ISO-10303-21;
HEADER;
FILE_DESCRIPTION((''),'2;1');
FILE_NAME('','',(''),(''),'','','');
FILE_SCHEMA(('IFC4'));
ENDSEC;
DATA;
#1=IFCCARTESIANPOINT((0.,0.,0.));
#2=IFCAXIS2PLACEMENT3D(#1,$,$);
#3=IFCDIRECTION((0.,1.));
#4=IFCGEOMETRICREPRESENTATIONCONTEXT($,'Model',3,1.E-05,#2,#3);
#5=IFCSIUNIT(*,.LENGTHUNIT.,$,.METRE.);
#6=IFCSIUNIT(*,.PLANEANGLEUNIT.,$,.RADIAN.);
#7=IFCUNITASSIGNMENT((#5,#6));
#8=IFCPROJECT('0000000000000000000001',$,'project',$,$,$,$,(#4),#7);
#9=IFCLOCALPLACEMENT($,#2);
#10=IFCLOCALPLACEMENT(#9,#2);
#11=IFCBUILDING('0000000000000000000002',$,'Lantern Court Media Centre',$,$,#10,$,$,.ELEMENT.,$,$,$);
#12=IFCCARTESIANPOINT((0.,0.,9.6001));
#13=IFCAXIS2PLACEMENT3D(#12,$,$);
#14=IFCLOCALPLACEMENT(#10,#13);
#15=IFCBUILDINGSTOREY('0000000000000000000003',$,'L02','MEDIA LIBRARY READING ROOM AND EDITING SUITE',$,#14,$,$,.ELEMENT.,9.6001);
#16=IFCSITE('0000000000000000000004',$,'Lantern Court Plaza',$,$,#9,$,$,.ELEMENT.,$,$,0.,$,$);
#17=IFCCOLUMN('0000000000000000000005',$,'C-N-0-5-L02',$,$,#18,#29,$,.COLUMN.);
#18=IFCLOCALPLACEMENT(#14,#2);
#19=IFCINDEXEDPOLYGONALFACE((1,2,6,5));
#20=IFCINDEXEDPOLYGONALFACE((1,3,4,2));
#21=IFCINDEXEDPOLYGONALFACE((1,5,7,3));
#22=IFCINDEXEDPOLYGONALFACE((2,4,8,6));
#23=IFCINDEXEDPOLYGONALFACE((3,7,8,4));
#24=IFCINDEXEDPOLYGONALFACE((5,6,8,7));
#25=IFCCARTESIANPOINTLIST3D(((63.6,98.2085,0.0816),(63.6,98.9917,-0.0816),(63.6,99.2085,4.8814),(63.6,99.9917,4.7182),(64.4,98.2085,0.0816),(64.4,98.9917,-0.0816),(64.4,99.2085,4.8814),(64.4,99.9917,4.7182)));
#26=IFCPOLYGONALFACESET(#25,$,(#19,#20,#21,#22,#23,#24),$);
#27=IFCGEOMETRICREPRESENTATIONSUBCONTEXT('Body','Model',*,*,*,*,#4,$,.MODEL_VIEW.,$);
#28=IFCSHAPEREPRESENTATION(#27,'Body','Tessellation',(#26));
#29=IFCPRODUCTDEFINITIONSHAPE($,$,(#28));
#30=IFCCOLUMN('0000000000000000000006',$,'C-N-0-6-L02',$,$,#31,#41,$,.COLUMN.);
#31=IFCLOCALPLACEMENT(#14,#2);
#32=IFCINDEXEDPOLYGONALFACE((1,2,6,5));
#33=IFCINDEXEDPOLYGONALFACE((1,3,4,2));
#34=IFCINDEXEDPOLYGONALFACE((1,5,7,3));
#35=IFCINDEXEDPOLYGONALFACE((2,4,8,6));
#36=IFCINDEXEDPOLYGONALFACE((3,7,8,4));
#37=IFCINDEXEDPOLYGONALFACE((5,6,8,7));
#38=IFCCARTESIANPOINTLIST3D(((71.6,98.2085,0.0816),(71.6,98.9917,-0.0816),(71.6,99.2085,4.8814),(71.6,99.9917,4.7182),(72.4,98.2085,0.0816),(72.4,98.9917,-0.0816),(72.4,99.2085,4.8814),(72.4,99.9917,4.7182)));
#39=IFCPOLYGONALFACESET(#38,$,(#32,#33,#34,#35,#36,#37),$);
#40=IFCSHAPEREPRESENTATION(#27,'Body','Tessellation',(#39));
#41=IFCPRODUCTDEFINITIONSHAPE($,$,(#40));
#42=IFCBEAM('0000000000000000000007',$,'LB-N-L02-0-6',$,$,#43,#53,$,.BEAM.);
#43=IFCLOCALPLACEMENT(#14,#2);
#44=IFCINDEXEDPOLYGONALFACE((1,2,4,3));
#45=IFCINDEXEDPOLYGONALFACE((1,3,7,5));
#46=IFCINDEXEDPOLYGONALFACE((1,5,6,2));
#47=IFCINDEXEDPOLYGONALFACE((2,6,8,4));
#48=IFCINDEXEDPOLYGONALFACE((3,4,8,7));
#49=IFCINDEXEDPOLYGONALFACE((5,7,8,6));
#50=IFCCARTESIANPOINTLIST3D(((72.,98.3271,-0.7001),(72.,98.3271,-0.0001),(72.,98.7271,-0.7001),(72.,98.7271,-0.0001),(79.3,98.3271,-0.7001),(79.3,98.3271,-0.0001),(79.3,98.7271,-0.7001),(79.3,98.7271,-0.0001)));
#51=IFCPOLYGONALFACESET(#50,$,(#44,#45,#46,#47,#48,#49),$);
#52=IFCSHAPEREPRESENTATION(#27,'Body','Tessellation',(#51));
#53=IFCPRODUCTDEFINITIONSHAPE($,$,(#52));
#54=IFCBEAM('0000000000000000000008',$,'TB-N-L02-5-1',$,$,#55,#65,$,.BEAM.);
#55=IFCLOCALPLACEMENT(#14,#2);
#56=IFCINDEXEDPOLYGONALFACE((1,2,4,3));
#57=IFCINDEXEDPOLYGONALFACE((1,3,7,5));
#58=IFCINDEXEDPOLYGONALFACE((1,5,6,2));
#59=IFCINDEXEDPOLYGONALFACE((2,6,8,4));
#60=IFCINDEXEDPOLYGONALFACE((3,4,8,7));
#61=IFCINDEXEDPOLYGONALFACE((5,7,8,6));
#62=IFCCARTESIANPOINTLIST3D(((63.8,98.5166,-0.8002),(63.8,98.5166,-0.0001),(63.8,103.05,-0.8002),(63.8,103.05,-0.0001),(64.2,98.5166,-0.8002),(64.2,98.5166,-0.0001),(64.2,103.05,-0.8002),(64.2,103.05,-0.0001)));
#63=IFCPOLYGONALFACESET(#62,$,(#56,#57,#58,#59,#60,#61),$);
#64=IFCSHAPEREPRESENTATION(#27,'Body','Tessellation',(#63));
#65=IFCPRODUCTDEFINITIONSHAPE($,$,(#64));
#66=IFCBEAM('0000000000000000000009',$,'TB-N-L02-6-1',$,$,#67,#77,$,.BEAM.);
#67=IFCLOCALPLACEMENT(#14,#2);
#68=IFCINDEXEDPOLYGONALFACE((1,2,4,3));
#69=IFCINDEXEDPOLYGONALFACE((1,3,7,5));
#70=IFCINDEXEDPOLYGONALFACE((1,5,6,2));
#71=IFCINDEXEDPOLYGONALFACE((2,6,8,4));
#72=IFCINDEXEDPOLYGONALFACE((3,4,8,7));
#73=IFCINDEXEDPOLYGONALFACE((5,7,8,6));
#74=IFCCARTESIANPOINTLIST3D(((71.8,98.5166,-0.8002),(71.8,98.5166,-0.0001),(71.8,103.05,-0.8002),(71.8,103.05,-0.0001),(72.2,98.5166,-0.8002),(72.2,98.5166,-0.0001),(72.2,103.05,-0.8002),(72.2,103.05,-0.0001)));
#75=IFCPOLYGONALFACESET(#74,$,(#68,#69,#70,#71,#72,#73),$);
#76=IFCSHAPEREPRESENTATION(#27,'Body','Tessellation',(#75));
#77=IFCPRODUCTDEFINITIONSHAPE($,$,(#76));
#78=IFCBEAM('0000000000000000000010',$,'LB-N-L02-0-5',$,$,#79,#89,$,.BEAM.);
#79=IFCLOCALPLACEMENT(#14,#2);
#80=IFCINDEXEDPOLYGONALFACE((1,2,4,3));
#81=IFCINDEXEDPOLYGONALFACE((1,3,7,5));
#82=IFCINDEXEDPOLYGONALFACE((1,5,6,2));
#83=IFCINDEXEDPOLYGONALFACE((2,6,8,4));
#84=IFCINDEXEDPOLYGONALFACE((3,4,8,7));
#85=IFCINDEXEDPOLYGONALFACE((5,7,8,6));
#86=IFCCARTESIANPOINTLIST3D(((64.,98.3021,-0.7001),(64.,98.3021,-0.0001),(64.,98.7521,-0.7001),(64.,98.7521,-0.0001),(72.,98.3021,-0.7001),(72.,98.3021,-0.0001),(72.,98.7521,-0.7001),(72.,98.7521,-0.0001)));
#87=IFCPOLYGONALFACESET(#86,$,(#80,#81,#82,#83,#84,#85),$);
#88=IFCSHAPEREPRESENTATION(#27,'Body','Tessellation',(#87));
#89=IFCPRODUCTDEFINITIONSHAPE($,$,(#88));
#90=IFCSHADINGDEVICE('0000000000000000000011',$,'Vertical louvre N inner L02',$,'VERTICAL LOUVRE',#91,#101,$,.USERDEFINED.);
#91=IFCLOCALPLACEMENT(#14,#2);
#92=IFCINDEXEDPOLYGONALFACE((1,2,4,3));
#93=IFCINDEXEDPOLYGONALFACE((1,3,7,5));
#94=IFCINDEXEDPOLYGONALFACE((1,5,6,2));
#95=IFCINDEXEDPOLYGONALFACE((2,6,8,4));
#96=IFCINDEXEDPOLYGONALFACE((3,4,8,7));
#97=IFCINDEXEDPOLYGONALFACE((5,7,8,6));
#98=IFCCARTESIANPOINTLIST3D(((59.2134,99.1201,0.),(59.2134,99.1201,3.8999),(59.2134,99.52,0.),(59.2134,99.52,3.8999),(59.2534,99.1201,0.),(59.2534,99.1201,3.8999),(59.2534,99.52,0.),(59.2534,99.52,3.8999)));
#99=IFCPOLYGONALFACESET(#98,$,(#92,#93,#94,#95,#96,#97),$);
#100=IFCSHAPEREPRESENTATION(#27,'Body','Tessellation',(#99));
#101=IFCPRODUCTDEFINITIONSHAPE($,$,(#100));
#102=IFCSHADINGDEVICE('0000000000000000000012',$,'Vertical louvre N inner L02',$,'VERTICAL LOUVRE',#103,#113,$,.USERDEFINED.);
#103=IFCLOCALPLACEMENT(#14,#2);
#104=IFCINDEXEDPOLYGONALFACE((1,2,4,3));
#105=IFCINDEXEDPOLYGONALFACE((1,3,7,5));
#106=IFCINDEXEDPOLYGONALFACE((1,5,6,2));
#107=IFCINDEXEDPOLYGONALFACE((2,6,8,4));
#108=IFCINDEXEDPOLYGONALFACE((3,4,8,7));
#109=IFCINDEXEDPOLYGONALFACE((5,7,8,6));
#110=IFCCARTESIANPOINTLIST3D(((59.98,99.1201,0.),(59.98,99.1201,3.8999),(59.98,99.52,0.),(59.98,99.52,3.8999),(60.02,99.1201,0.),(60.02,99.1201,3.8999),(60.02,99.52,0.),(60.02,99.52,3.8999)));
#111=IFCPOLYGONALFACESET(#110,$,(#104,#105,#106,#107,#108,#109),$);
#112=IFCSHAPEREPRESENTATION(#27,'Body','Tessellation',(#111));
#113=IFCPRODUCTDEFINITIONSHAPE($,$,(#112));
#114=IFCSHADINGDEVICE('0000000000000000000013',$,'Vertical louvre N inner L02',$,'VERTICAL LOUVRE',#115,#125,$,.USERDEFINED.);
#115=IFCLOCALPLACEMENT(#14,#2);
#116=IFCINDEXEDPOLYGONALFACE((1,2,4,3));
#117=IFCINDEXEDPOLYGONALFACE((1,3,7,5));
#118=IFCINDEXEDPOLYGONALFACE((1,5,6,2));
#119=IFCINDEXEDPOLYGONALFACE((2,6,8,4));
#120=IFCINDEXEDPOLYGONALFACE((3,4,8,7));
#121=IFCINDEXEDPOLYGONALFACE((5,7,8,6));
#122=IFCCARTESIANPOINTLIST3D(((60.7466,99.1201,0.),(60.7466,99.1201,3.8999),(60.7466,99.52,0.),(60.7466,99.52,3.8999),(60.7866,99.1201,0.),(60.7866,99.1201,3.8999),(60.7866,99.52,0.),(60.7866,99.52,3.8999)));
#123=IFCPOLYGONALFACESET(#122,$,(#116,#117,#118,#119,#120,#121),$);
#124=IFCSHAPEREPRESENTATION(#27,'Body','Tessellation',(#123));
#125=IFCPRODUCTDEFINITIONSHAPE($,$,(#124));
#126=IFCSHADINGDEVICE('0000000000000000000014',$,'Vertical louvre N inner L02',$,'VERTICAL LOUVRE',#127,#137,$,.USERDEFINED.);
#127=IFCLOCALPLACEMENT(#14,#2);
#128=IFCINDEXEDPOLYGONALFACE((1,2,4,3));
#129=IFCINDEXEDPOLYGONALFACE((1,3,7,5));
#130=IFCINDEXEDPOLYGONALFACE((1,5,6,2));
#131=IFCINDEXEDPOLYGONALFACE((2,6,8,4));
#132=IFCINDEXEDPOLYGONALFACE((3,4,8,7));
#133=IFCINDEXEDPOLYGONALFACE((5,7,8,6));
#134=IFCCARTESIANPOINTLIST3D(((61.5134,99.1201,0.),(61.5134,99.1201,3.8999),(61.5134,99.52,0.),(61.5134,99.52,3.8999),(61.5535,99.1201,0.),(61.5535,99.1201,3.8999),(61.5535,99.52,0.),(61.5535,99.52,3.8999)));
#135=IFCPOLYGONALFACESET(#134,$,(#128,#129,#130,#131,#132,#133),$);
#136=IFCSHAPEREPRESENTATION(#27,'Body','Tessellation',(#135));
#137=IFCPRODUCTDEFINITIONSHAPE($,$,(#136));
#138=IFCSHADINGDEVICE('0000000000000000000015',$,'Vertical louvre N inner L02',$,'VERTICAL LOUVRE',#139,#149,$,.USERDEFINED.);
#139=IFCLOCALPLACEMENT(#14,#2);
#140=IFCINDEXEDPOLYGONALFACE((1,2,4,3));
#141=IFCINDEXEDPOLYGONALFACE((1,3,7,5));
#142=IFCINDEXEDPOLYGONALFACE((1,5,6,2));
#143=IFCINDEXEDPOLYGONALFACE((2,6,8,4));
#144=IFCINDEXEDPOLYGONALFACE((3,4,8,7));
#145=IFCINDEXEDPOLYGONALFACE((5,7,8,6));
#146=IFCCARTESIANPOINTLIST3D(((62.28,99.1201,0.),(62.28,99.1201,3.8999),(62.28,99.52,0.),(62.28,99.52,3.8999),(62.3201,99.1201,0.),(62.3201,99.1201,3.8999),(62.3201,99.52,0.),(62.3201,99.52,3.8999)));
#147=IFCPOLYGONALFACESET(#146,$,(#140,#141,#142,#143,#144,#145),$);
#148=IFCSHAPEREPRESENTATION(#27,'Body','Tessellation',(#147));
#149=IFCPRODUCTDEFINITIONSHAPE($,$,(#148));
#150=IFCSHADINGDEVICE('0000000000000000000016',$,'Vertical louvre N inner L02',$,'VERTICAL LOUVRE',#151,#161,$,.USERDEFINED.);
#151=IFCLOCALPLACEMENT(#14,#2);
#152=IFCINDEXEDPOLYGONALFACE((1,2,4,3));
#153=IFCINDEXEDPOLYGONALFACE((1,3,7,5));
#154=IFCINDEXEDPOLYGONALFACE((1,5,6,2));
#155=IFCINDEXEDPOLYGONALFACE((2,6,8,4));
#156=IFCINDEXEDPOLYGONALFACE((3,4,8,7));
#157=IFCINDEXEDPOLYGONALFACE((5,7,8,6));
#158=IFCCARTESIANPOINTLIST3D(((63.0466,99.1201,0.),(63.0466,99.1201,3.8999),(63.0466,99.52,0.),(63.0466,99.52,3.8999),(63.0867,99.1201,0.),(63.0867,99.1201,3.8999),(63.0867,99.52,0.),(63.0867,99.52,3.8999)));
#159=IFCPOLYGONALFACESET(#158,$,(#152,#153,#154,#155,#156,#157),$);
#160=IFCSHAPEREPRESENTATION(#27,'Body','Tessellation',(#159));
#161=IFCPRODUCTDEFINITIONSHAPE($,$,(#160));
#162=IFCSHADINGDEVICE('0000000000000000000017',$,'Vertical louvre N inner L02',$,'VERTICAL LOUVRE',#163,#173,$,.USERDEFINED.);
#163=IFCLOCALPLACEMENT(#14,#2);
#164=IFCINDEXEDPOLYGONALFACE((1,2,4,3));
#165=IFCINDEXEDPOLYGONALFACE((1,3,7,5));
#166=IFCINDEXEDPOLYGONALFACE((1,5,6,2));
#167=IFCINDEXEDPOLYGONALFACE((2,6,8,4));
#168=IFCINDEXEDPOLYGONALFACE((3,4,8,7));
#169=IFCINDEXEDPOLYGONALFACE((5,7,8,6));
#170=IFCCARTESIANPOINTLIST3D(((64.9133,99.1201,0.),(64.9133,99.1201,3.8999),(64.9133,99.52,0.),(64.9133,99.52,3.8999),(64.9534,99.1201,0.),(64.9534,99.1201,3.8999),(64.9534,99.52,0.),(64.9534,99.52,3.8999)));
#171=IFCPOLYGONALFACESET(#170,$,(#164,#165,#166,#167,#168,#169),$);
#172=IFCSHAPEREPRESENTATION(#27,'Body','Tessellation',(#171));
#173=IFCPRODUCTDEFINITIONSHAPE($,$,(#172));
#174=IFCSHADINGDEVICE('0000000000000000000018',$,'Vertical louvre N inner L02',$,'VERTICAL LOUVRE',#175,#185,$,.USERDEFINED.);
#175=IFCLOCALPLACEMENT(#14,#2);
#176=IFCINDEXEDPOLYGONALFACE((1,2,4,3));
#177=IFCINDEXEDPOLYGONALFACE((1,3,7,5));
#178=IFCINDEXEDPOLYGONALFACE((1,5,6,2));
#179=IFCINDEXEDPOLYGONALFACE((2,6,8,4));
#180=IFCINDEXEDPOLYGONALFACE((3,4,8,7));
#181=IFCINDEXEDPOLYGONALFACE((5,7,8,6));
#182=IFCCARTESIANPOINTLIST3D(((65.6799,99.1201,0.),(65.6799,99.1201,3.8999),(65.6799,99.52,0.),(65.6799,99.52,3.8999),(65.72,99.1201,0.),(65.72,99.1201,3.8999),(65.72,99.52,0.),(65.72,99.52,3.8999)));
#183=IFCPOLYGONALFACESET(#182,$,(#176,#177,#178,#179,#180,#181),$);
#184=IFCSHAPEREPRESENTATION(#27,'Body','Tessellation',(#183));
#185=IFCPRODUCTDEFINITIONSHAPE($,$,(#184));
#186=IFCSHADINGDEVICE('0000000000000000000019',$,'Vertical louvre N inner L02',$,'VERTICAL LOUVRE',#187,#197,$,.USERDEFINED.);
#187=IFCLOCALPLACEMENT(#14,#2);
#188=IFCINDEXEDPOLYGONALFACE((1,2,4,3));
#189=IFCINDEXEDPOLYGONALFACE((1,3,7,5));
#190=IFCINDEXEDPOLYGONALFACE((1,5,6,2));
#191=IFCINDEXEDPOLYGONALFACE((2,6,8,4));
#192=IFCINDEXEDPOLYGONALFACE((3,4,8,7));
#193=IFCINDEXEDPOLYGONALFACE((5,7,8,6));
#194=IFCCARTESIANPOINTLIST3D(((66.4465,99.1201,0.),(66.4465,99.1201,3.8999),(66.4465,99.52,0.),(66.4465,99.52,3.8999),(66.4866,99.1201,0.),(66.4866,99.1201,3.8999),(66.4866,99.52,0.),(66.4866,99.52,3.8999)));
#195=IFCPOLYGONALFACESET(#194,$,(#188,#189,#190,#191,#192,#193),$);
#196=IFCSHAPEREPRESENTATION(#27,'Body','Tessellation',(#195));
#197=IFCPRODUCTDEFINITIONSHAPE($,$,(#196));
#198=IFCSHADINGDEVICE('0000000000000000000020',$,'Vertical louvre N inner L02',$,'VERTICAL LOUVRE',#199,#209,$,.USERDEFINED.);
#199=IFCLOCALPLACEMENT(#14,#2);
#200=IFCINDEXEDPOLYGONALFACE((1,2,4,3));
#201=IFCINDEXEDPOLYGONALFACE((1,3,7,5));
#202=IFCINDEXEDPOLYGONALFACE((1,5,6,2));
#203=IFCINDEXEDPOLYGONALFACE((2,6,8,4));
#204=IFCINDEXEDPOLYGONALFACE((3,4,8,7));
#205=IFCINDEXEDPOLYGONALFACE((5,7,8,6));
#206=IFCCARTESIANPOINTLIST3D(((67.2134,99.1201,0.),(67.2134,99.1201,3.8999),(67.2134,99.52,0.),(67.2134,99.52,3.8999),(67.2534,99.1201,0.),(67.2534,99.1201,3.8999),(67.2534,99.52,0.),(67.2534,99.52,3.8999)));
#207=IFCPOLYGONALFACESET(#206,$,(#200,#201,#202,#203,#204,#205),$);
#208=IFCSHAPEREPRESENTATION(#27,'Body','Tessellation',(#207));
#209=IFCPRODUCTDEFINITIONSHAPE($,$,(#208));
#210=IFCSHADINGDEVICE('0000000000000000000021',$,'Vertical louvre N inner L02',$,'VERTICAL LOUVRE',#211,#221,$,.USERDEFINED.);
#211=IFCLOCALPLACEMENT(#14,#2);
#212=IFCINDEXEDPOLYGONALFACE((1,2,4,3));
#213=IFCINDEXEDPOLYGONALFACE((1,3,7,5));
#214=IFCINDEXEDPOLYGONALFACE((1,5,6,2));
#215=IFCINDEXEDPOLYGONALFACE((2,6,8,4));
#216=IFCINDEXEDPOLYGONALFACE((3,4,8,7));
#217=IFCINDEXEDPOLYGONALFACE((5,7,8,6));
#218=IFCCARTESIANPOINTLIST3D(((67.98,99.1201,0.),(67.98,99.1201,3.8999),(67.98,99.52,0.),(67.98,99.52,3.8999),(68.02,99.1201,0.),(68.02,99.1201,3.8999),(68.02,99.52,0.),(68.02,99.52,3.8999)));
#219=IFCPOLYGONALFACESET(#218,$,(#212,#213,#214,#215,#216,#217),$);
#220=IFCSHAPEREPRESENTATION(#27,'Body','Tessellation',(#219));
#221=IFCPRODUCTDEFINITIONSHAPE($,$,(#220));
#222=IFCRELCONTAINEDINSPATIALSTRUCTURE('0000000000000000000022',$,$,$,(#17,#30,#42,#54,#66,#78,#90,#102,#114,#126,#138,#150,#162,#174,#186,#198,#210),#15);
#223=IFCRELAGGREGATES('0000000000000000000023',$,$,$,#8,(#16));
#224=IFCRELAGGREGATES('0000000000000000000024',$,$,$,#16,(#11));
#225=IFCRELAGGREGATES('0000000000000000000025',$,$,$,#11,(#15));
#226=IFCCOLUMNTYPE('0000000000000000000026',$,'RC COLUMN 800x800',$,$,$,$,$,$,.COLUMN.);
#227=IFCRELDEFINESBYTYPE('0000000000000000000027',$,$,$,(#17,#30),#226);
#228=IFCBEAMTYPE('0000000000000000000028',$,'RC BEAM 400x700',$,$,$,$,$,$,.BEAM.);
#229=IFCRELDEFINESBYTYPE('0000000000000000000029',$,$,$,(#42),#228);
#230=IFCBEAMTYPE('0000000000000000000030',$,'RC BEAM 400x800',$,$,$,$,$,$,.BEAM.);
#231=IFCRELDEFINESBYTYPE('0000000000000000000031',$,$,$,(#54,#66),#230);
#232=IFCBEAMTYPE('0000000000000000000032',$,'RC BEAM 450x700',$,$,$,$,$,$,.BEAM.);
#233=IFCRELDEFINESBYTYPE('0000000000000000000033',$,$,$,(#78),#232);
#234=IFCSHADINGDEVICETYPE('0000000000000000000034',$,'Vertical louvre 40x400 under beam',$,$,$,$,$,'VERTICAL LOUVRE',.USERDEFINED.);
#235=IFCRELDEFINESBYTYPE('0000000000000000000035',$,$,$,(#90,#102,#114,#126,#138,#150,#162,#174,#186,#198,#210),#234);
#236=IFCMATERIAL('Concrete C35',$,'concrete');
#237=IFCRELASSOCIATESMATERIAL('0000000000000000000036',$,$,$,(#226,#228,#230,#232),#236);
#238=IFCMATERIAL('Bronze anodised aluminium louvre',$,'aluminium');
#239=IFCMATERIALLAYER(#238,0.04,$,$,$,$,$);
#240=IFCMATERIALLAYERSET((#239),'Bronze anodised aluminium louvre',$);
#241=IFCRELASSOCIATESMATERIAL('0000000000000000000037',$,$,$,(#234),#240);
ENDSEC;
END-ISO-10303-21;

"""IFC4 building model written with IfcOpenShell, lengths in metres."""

from ifc_helpers import new_model, si_unit, direction, frame, origin, origin_2d, place, context, subcontext, project, spatial, rectangle, extrude, material, layer, layer_set, material_profile, profile_set, type_object, element, save


model = new_model("IFC4")

# Units and contexts
model_context = context("Model", 3, precision=1e-05, world=origin(), true_north=direction((0.0, 1.0)))
body_context = subcontext(model_context, "Body", "Model", "MODEL_VIEW")
ifc_project = project(units=[si_unit("LENGTHUNIT", "METRE"), si_unit("PLANEANGLEUNIT", "RADIAN")], contexts=[model_context])

# Site, building, storey
site_placement = place(None, origin())
site = spatial("IfcSite", under=ifc_project, at=site_placement, Name="Lantern Court Plaza", CompositionType="ELEMENT", RefElevation=0.0)
building_placement = place(site_placement, origin())
building = spatial("IfcBuilding", under=site, at=building_placement, Name="Lantern Court Media Centre", CompositionType="ELEMENT")
storey_placement = place(building_placement, frame((0.0, 0.0, 9.6001)))
storey = spatial("IfcBuildingStorey", under=building, at=storey_placement, Name="L02", Description="MEDIA LIBRARY READING ROOM AND EDITING SUITE", CompositionType="ELEMENT", Elevation=9.6001)

# Columns
ifc_material_1 = material(Name="Concrete C35", Category="concrete")
ifc_material_profile_1 = material_profile(ifc_material_1, rectangle(XDim=0.8, YDim=0.8, at=origin_2d()), Name="RC 800x800")
ifc_profile_set_1 = profile_set([ifc_material_profile_1], Name="Concrete C35")
column_type = type_object("IfcColumnType", Name="RC COLUMN 800x800", PredefinedType="COLUMN", material=ifc_profile_set_1)
for number, where, z_axis, x_axis, name in (
    (1, (64.0, 98.6001, 0.0), (0.0, 0.203962, 0.978979), (-1.0, 0.0, 0.0), "C-N-0-5-L02"),
    (2, (72.0, 98.6001, 0.0), (0.0, 0.203962, 0.978979), (-1.0, 0.0, 0.0), "C-N-0-6-L02"),
):
    element("IfcColumn", number, at=place(storey_placement, frame(where, z_axis=z_axis, x_axis=x_axis)), inside=storey, type_object=column_type, Name=name, PredefinedType="COLUMN", context=body_context, shape_type="SweptSolid", body=[
        extrude(rectangle(XDim=0.8, YDim=0.8, at=origin_2d()), origin(), (0.0, 0.0, 1.0), 4.9028),
    ])

# Beams
ifc_material_profile_2 = material_profile(ifc_material_1, rectangle(XDim=0.3999, YDim=0.7, at=origin_2d()), Name="RC 400x700")
ifc_profile_set_2 = profile_set([ifc_material_profile_2], Name="Concrete C35")
beam_type_1 = type_object("IfcBeamType", Name="RC BEAM 400x700", PredefinedType="BEAM", material=ifc_profile_set_2)
beam_1_placement = place(storey_placement, frame((72.0, 98.5271, -0.3501), z_axis=(1.0, 0.0, 0.0), x_axis=(0.0, 1.0, 0.0)))
element("IfcBeam", 3, at=beam_1_placement, inside=storey, type_object=beam_type_1, Name="LB-N-L02-0-6", PredefinedType="BEAM", context=body_context, shape_type="SweptSolid", body=[
    extrude(rectangle(XDim=0.3999, YDim=0.7, at=origin_2d()), origin(), (0.0, 0.0, 1.0), 7.3),
])
ifc_material_profile_3 = material_profile(ifc_material_1, rectangle(XDim=0.3999, YDim=0.8, at=origin_2d()), Name="RC 400x800")
ifc_profile_set_3 = profile_set([ifc_material_profile_3], Name="Concrete C35")
beam_type_2 = type_object("IfcBeamType", Name="RC BEAM 400x800", PredefinedType="BEAM", material=ifc_profile_set_3)
for number, where, z_axis, x_axis, name in (
    (4, (64.0, 98.5166, -0.4001), (0.0, 1.0, 0.0), (-1.0, 0.0, 0.0), "TB-N-L02-5-1"),
    (5, (72.0, 98.5166, -0.4001), (0.0, 1.0, 0.0), (-1.0, 0.0, 0.0), "TB-N-L02-6-1"),
):
    element("IfcBeam", number, at=place(storey_placement, frame(where, z_axis=z_axis, x_axis=x_axis)), inside=storey, type_object=beam_type_2, Name=name, PredefinedType="BEAM", context=body_context, shape_type="SweptSolid", body=[
        extrude(rectangle(XDim=0.3999, YDim=0.8, at=origin_2d()), origin(), (0.0, 0.0, 1.0), 4.5334),
    ])
ifc_material_profile_4 = material_profile(ifc_material_1, rectangle(XDim=0.45, YDim=0.7, at=origin_2d()), Name="RC 450x700")
ifc_profile_set_4 = profile_set([ifc_material_profile_4], Name="Concrete C35")
beam_type_3 = type_object("IfcBeamType", Name="RC BEAM 450x700", PredefinedType="BEAM", material=ifc_profile_set_4)
beam_2_placement = place(storey_placement, frame((64.0, 98.5271, -0.3501), z_axis=(1.0, 0.0, 0.0), x_axis=(0.0, 1.0, 0.0)))
element("IfcBeam", 6, at=beam_2_placement, inside=storey, type_object=beam_type_3, Name="LB-N-L02-0-5", PredefinedType="BEAM", context=body_context, shape_type="SweptSolid", body=[
    extrude(rectangle(XDim=0.45, YDim=0.7, at=origin_2d()), origin(), (0.0, 0.0, 1.0), 8.0),
])

# Shading devices
ifc_material_2 = material(Name="Bronze anodised aluminium louvre", Category="aluminium")
ifc_layer = layer(ifc_material_2, 0.04)
ifc_layer_set = layer_set([ifc_layer], Name="Bronze anodised aluminium louvre")
shading_device_type = type_object("IfcShadingDeviceType", Name="Vertical louvre 40x400 under beam", ElementType="VERTICAL LOUVRE", PredefinedType="USERDEFINED", material=ifc_layer_set)
for number, where, z_axis, x_axis, name in (
    (7, (59.2334, 99.3201, 0.0), (0.0, 0.0, 1.0), (1.0, 0.0, 0.0), "Vertical louvre N inner L02"),
    (8, (60.0, 99.3201, 0.0), (0.0, 0.0, 1.0), (1.0, 0.0, 0.0), "Vertical louvre N inner L02"),
    (9, (60.7666, 99.3201, 0.0), (0.0, 0.0, 1.0), (1.0, 0.0, 0.0), "Vertical louvre N inner L02"),
    (10, (61.5334, 99.3201, 0.0), (0.0, 0.0, 1.0), (1.0, 0.0, 0.0), "Vertical louvre N inner L02"),
    (11, (62.3, 99.3201, 0.0), (0.0, 0.0, 1.0), (1.0, 0.0, 0.0), "Vertical louvre N inner L02"),
    (12, (63.0667, 99.3201, 0.0), (0.0, 0.0, 1.0), (1.0, 0.0, 0.0), "Vertical louvre N inner L02"),
    (13, (64.9333, 99.3201, 0.0), (0.0, 0.0, 1.0), (1.0, 0.0, 0.0), "Vertical louvre N inner L02"),
    (14, (65.7, 99.3201, 0.0), (0.0, 0.0, 1.0), (1.0, 0.0, 0.0), "Vertical louvre N inner L02"),
    (15, (66.4666, 99.3201, 0.0), (0.0, 0.0, 1.0), (1.0, 0.0, 0.0), "Vertical louvre N inner L02"),
    (16, (67.2334, 99.3201, 0.0), (0.0, 0.0, 1.0), (1.0, 0.0, 0.0), "Vertical louvre N inner L02"),
    (17, (68.0, 99.3201, 0.0), (0.0, 0.0, 1.0), (1.0, 0.0, 0.0), "Vertical louvre N inner L02"),
):
    element("IfcShadingDevice", number, at=place(storey_placement, frame(where, z_axis=z_axis, x_axis=x_axis)), inside=storey, type_object=shading_device_type, Name=name, ObjectType="VERTICAL LOUVRE", PredefinedType="USERDEFINED", context=body_context, shape_type="SweptSolid", body=[
        extrude(rectangle(XDim=0.04, YDim=0.3999, at=origin_2d()), origin(), (0.0, 0.0, 1.0), 3.8999),
    ])

save(model, "model.ifc")
